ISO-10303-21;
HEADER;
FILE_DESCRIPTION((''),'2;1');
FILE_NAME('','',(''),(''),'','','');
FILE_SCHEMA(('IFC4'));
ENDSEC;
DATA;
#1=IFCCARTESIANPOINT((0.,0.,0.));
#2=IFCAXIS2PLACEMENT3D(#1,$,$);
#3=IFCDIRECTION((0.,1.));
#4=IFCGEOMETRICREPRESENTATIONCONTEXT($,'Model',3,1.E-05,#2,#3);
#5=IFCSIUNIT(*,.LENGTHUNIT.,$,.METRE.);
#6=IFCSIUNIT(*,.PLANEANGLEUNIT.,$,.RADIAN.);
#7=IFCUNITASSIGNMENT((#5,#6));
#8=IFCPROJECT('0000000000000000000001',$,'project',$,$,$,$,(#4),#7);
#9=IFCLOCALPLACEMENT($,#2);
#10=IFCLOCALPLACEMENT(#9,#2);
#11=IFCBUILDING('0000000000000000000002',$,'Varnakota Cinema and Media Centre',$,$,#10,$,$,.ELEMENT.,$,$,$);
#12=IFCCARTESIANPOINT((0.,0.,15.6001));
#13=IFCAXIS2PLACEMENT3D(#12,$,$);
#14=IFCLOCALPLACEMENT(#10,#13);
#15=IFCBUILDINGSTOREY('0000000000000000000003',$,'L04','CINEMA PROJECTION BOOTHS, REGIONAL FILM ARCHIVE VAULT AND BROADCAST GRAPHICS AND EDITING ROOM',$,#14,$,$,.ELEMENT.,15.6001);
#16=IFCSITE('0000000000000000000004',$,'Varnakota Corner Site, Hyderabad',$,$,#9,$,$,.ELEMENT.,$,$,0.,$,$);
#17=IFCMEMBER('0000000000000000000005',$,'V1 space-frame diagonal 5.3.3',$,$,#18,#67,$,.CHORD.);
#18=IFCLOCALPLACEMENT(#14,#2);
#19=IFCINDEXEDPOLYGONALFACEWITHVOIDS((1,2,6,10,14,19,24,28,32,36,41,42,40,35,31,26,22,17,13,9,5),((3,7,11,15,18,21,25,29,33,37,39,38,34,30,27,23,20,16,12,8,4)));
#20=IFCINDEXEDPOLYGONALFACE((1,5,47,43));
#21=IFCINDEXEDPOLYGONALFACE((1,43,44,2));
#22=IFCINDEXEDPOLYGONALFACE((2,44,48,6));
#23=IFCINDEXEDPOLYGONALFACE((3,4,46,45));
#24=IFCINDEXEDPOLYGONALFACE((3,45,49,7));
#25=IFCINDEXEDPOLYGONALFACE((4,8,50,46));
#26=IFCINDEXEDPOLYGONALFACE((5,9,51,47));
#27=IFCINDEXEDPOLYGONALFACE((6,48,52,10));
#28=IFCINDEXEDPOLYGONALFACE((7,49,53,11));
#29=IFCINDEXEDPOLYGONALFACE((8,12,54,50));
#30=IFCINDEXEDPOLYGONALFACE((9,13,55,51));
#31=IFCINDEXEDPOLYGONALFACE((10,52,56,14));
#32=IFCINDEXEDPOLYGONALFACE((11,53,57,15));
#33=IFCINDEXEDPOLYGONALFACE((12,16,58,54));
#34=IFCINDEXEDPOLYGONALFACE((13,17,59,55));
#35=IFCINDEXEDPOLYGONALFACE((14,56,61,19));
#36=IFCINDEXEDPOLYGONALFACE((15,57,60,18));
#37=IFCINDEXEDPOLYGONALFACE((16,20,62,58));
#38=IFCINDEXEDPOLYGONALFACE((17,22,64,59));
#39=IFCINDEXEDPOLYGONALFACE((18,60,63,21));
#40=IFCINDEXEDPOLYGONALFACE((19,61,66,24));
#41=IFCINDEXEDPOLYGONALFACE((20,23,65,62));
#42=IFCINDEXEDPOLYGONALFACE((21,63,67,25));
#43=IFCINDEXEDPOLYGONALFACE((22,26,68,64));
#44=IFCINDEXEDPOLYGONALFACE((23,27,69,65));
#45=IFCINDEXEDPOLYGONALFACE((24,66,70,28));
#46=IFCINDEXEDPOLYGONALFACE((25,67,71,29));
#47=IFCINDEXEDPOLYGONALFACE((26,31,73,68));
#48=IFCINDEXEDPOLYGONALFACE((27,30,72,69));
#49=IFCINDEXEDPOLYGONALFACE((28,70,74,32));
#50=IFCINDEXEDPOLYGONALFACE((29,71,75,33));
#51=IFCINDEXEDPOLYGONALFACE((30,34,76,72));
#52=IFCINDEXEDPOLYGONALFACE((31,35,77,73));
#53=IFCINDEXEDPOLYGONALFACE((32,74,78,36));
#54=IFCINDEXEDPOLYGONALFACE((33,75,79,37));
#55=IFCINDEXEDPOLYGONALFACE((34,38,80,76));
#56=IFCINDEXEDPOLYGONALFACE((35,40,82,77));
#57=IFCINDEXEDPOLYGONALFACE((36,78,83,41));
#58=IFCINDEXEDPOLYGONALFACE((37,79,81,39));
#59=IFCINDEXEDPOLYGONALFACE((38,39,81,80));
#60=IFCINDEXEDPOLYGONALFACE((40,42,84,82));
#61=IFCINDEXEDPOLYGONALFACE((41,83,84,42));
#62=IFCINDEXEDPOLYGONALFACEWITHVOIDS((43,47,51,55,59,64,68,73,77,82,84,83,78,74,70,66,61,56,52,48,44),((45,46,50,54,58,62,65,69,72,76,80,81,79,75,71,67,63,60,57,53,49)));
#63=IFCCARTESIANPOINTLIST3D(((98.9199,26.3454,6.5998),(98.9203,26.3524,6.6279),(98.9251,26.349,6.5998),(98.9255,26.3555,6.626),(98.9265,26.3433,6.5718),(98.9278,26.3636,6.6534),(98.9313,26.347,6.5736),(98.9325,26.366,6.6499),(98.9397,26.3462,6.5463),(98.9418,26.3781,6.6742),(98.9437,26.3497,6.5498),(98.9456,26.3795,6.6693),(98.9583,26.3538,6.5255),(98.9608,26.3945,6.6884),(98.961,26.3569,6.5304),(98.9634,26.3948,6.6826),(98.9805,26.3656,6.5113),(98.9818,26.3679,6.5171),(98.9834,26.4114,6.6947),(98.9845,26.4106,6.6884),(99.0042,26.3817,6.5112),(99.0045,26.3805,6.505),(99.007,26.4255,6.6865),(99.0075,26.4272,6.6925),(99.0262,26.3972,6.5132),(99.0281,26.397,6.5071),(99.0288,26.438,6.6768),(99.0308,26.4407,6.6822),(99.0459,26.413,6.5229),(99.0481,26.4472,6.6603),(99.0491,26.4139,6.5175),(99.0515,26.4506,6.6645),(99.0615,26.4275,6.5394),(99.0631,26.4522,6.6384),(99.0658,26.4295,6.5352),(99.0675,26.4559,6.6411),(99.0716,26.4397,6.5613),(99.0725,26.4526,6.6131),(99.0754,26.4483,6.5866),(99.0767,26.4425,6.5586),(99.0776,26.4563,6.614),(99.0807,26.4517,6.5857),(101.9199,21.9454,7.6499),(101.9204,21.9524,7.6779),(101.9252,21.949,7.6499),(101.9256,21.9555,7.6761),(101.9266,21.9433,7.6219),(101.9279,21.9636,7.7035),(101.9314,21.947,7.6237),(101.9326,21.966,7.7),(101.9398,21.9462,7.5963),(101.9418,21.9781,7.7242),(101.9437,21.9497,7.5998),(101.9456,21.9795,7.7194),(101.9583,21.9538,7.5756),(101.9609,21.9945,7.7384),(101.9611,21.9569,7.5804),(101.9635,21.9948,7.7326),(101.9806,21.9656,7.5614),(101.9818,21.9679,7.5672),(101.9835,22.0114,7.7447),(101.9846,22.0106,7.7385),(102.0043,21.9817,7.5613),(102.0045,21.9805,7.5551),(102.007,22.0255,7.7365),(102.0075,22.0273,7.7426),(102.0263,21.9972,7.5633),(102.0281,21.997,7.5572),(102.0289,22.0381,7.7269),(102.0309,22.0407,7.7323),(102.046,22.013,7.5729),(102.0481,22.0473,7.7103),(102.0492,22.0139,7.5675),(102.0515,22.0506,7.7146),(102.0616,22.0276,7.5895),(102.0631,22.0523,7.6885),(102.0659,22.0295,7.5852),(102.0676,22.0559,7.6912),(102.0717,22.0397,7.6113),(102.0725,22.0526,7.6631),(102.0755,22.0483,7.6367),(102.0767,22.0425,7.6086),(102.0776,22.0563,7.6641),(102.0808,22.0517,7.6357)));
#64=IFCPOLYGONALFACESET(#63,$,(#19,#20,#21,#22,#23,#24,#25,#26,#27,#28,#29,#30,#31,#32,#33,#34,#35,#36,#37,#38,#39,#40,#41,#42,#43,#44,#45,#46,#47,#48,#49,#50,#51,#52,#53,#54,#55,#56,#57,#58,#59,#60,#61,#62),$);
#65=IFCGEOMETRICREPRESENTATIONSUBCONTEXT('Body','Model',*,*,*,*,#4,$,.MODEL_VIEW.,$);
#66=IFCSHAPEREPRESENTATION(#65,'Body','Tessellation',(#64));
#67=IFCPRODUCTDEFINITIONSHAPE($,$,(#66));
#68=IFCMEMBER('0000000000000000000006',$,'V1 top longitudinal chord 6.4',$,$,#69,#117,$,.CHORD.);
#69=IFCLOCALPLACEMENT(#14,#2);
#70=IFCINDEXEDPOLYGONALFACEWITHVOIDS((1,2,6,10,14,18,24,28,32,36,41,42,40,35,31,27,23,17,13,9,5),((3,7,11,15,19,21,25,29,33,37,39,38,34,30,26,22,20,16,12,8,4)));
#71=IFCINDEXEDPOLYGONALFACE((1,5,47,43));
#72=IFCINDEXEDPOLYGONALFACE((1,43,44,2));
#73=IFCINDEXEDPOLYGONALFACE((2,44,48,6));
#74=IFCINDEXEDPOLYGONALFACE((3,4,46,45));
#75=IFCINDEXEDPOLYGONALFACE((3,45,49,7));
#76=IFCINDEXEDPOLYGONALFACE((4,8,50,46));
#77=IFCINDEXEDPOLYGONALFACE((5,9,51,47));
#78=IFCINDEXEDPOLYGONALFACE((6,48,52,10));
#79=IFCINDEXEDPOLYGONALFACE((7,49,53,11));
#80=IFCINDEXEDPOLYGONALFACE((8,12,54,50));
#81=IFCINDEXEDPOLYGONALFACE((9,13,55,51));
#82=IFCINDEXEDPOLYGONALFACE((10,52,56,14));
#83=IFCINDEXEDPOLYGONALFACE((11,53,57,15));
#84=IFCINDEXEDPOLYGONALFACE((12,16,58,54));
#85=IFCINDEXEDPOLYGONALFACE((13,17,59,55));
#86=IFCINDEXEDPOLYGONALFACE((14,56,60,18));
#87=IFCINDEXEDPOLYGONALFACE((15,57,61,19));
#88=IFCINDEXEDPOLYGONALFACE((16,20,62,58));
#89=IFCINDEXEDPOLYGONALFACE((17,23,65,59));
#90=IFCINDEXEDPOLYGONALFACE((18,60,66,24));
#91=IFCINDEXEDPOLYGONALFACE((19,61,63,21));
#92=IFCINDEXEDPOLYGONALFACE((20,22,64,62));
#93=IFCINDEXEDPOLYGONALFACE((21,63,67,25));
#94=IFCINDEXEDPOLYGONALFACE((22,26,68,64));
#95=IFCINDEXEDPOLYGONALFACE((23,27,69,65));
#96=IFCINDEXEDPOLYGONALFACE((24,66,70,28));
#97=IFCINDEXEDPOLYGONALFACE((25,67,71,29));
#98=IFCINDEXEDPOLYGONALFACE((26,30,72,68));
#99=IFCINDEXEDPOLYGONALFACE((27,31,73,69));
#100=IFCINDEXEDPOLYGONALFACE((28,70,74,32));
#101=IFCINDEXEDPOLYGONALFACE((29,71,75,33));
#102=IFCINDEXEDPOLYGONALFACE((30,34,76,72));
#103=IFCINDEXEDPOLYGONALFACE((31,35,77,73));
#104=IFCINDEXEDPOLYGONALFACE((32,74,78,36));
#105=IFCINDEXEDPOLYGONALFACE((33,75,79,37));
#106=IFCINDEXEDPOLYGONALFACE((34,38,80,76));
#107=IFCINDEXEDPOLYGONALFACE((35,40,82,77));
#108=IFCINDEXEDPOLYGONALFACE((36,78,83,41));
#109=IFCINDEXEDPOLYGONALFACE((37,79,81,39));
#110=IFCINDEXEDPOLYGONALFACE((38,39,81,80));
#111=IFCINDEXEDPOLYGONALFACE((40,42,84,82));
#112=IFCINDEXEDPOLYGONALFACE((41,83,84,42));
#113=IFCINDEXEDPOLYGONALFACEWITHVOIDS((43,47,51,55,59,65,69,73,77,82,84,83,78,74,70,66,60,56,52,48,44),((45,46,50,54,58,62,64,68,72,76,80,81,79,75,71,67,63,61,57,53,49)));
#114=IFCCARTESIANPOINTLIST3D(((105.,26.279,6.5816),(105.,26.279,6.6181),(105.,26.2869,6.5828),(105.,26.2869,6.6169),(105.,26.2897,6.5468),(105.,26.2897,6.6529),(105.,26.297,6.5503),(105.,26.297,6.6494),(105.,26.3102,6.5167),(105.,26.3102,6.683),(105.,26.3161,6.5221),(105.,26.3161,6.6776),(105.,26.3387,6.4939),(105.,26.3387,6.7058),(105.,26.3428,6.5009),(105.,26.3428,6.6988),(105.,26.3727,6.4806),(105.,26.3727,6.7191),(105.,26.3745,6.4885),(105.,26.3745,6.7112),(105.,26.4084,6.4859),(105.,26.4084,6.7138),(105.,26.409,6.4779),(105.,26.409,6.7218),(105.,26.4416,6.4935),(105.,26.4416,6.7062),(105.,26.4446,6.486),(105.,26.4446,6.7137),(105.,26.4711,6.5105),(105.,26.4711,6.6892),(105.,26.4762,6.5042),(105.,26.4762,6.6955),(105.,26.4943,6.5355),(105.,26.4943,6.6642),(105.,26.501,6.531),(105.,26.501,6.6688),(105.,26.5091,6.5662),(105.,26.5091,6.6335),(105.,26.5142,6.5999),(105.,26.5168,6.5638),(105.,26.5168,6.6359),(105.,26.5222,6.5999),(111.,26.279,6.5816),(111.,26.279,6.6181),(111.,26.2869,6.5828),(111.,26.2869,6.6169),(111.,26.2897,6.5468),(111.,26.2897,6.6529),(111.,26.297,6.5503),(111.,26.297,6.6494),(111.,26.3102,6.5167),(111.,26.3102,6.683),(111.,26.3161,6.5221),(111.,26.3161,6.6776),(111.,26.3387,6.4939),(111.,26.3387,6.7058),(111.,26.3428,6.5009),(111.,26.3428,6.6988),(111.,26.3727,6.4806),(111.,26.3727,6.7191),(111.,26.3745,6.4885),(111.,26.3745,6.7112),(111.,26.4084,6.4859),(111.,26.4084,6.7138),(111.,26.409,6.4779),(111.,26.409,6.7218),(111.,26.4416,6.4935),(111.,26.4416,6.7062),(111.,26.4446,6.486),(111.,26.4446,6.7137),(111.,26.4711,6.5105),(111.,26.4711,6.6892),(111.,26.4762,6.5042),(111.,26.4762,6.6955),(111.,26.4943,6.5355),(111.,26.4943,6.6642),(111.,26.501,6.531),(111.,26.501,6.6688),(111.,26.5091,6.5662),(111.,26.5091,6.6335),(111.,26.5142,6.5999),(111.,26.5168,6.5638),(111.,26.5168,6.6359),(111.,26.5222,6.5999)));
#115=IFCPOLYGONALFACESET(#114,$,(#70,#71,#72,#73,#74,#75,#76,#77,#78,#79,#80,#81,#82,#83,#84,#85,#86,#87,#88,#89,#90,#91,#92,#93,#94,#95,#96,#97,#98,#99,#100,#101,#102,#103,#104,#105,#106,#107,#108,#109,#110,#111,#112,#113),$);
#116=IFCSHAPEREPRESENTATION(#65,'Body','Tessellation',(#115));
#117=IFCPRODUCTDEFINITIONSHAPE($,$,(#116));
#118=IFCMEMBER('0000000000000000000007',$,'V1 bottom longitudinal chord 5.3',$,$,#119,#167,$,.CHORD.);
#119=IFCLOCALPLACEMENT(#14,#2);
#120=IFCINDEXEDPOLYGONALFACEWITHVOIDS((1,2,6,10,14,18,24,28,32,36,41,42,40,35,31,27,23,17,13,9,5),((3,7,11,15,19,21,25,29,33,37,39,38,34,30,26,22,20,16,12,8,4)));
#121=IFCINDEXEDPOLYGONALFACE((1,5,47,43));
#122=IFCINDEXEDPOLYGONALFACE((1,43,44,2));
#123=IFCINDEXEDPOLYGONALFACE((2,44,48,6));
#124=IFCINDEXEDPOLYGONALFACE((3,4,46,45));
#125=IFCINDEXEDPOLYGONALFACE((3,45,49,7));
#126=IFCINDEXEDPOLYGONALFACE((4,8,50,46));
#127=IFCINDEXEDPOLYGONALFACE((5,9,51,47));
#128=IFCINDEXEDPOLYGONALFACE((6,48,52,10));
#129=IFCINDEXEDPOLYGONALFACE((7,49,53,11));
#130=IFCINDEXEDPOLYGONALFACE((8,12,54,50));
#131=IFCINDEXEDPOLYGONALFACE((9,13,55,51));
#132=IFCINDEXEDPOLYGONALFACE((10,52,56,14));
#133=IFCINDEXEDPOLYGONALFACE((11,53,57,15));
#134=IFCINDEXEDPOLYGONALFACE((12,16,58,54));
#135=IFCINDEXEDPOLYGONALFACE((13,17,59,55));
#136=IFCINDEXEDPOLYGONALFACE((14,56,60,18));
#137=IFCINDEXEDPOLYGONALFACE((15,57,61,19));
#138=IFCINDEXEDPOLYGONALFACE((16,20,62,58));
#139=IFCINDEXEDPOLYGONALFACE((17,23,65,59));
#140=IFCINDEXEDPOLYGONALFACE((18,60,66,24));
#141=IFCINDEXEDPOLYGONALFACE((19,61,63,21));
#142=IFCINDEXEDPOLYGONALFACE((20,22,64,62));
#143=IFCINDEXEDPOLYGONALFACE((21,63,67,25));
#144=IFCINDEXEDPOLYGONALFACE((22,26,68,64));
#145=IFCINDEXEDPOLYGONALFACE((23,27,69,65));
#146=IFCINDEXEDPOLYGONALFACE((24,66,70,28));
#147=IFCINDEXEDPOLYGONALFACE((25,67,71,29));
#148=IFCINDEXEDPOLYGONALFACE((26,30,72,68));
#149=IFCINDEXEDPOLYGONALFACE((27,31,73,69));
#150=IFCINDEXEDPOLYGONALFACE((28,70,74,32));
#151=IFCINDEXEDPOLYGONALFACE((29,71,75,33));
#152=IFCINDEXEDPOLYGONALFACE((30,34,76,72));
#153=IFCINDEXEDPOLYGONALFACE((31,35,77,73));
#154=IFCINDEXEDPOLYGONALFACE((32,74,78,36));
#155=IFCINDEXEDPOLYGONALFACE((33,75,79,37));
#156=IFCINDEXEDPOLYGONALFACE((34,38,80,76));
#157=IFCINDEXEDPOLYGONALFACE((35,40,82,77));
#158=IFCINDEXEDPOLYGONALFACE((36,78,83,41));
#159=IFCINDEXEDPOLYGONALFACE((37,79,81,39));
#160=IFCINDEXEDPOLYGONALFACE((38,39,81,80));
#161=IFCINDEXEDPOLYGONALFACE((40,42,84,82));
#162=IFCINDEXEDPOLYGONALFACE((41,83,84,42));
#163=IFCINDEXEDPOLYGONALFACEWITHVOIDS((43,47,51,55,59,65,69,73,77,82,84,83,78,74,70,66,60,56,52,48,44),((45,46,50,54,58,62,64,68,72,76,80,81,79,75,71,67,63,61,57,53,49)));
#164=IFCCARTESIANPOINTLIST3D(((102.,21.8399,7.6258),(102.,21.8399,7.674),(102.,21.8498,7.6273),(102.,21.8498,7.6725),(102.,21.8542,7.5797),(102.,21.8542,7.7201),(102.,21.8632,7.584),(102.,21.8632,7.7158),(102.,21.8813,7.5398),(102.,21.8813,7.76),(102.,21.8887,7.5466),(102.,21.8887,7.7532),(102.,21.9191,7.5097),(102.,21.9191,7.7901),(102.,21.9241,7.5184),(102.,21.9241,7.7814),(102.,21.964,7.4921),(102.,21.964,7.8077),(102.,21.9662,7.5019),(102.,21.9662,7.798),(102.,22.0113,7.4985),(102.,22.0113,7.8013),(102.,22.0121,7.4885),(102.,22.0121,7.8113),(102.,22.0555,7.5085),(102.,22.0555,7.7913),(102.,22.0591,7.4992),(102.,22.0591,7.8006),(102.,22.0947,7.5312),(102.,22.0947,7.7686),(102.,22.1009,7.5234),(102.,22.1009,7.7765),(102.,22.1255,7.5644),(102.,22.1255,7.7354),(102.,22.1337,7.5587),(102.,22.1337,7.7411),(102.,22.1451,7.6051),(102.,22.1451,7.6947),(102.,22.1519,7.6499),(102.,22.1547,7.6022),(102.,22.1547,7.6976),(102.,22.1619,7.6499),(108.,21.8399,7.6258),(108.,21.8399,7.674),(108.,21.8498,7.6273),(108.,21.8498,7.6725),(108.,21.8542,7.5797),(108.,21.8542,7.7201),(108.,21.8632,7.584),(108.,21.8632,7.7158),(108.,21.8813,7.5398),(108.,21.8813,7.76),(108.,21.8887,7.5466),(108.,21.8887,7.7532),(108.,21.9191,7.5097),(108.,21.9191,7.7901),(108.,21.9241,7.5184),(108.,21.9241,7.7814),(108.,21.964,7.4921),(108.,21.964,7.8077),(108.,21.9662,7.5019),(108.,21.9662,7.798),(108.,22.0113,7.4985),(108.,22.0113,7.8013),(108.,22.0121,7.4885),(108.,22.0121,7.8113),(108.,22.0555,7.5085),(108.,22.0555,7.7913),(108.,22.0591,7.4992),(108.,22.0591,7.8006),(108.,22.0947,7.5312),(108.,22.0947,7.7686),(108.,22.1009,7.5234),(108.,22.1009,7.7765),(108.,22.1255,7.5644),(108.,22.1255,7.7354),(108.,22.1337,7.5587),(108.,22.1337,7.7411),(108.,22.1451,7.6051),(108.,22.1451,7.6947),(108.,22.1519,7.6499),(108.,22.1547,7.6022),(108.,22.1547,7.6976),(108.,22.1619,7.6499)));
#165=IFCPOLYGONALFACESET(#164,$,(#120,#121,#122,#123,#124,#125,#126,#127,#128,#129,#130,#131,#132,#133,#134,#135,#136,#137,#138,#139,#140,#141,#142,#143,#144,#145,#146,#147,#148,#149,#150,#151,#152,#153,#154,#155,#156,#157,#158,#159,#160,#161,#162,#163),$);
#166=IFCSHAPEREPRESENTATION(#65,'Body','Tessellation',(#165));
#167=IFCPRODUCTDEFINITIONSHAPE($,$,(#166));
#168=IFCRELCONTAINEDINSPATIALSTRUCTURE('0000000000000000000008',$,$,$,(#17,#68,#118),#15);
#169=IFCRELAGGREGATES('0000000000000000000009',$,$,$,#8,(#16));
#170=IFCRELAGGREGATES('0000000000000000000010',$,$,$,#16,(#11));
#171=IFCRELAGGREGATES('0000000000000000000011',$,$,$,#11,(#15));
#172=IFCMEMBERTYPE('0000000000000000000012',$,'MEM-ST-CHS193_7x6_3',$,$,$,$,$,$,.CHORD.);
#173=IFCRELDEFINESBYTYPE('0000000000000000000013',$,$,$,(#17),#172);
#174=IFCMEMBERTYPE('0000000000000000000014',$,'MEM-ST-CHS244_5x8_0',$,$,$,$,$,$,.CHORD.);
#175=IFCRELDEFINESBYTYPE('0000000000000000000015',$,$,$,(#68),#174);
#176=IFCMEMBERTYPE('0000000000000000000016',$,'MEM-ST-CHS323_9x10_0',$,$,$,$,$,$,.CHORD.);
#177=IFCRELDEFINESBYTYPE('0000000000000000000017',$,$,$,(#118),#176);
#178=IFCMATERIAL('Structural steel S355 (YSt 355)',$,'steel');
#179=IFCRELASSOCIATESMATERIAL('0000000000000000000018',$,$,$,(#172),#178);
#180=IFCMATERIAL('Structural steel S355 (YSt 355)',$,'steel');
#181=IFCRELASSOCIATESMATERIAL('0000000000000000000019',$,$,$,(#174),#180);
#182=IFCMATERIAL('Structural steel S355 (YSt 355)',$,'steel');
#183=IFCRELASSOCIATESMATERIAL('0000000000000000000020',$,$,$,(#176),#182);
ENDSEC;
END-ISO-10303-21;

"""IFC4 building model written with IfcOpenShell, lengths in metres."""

from ifc_helpers import new_model, si_unit, direction, frame, origin, origin_2d, place, context, subcontext, project, spatial, hollow_circle, extrude, material, material_profile, profile_set, type_object, element, save


model = new_model("IFC4")

# Units and contexts
model_context = context("Model", 3, precision=1e-05, world=origin(), true_north=direction((0.0, 1.0)))
body_context = subcontext(model_context, "Body", "Model", "MODEL_VIEW")
ifc_project = project(units=[si_unit("LENGTHUNIT", "METRE"), si_unit("PLANEANGLEUNIT", "RADIAN")], contexts=[model_context])

# Site, building, storey
site_placement = place(None, origin())
site = spatial("IfcSite", under=ifc_project, at=site_placement, Name="Varnakota Corner Site, Hyderabad", CompositionType="ELEMENT", RefElevation=0.0)
building_placement = place(site_placement, origin())
building = spatial("IfcBuilding", under=site, at=building_placement, Name="Varnakota Cinema and Media Centre", CompositionType="ELEMENT")
storey_placement = place(building_placement, frame((0.0, 0.0, 15.6001)))
storey = spatial("IfcBuildingStorey", under=building, at=storey_placement, Name="L04", Description="CINEMA PROJECTION BOOTHS, REGIONAL FILM ARCHIVE VAULT AND BROADCAST GRAPHICS AND EDITING ROOM", CompositionType="ELEMENT", Elevation=15.6001)

# Members
ifc_material_1 = material(Name="Structural steel S355 (YSt 355)", Category="steel")
ifc_material_profile_1 = material_profile(ifc_material_1, hollow_circle(Radius=0.0969, WallThickness=0.0063, at=origin_2d()), Name="CHS 193.7x6.3")
ifc_profile_set_1 = profile_set([ifc_material_profile_1], Name="Structural steel S355 (YSt 355)")
member_type_1 = type_object("IfcMemberType", Name="MEM-ST-CHS193_7x6_3", PredefinedType="CHORD", material=ifc_profile_set_1)
member_1_placement = place(storey_placement, frame((102.0, 22.0, 7.6499), z_axis=(-0.552703, 0.810613, -0.193455), x_axis=(-0.826222, -0.563345, 0.0)))
element("IfcMember", 1, at=member_1_placement, inside=storey, type_object=member_type_1, Name="V1 space-frame diagonal 5.3.3", PredefinedType="CHORD", context=body_context, shape_type="SweptSolid", body=[
    extrude(hollow_circle(Radius=0.0969, WallThickness=0.0063, at=origin_2d()), origin(), (0.0, 0.0, 1.0), 5.428),
])
ifc_material_2 = material(Name="Structural steel S355 (YSt 355)", Category="steel")
ifc_material_profile_2 = material_profile(ifc_material_2, hollow_circle(Radius=0.1223, WallThickness=0.0081, at=origin_2d()), Name="CHS 244.5x8.0")
ifc_profile_set_2 = profile_set([ifc_material_profile_2], Name="Structural steel S355 (YSt 355)")
member_type_2 = type_object("IfcMemberType", Name="MEM-ST-CHS244_5x8_0", PredefinedType="CHORD", material=ifc_profile_set_2)
member_2_placement = place(storey_placement, frame((105.0, 26.3999, 6.5999), z_axis=(1.0, 0.0, 0.0), x_axis=(0.0, 1.0, 0.0)))
element("IfcMember", 2, at=member_2_placement, inside=storey, type_object=member_type_2, Name="V1 top longitudinal chord 6.4", PredefinedType="CHORD", context=body_context, shape_type="SweptSolid", body=[
    extrude(hollow_circle(Radius=0.1223, WallThickness=0.0081, at=origin_2d()), origin(), (0.0, 0.0, 1.0), 6.0),
])
ifc_material_3 = material(Name="Structural steel S355 (YSt 355)", Category="steel")
ifc_material_profile_3 = material_profile(ifc_material_3, hollow_circle(Radius=0.1619, WallThickness=0.01, at=origin_2d()), Name="CHS 323.9x10.0")
ifc_profile_set_3 = profile_set([ifc_material_profile_3], Name="Structural steel S355 (YSt 355)")
member_type_3 = type_object("IfcMemberType", Name="MEM-ST-CHS323_9x10_0", PredefinedType="CHORD", material=ifc_profile_set_3)
for number, where, z_axis, x_axis, name in (
    (3, (102.0, 22.0, 7.6499), (1.0, 0.0, 0.0), (0.0, 1.0, 0.0), "V1 bottom longitudinal chord 5.3"),
):
    element("IfcMember", number, at=place(storey_placement, frame(where, z_axis=z_axis, x_axis=x_axis)), inside=storey, type_object=member_type_3, Name=name, PredefinedType="CHORD", context=body_context, shape_type="SweptSolid", body=[
        extrude(hollow_circle(Radius=0.1619, WallThickness=0.01, at=origin_2d()), origin(), (0.0, 0.0, 1.0), 6.0),
    ])

save(model, "model.ifc")
